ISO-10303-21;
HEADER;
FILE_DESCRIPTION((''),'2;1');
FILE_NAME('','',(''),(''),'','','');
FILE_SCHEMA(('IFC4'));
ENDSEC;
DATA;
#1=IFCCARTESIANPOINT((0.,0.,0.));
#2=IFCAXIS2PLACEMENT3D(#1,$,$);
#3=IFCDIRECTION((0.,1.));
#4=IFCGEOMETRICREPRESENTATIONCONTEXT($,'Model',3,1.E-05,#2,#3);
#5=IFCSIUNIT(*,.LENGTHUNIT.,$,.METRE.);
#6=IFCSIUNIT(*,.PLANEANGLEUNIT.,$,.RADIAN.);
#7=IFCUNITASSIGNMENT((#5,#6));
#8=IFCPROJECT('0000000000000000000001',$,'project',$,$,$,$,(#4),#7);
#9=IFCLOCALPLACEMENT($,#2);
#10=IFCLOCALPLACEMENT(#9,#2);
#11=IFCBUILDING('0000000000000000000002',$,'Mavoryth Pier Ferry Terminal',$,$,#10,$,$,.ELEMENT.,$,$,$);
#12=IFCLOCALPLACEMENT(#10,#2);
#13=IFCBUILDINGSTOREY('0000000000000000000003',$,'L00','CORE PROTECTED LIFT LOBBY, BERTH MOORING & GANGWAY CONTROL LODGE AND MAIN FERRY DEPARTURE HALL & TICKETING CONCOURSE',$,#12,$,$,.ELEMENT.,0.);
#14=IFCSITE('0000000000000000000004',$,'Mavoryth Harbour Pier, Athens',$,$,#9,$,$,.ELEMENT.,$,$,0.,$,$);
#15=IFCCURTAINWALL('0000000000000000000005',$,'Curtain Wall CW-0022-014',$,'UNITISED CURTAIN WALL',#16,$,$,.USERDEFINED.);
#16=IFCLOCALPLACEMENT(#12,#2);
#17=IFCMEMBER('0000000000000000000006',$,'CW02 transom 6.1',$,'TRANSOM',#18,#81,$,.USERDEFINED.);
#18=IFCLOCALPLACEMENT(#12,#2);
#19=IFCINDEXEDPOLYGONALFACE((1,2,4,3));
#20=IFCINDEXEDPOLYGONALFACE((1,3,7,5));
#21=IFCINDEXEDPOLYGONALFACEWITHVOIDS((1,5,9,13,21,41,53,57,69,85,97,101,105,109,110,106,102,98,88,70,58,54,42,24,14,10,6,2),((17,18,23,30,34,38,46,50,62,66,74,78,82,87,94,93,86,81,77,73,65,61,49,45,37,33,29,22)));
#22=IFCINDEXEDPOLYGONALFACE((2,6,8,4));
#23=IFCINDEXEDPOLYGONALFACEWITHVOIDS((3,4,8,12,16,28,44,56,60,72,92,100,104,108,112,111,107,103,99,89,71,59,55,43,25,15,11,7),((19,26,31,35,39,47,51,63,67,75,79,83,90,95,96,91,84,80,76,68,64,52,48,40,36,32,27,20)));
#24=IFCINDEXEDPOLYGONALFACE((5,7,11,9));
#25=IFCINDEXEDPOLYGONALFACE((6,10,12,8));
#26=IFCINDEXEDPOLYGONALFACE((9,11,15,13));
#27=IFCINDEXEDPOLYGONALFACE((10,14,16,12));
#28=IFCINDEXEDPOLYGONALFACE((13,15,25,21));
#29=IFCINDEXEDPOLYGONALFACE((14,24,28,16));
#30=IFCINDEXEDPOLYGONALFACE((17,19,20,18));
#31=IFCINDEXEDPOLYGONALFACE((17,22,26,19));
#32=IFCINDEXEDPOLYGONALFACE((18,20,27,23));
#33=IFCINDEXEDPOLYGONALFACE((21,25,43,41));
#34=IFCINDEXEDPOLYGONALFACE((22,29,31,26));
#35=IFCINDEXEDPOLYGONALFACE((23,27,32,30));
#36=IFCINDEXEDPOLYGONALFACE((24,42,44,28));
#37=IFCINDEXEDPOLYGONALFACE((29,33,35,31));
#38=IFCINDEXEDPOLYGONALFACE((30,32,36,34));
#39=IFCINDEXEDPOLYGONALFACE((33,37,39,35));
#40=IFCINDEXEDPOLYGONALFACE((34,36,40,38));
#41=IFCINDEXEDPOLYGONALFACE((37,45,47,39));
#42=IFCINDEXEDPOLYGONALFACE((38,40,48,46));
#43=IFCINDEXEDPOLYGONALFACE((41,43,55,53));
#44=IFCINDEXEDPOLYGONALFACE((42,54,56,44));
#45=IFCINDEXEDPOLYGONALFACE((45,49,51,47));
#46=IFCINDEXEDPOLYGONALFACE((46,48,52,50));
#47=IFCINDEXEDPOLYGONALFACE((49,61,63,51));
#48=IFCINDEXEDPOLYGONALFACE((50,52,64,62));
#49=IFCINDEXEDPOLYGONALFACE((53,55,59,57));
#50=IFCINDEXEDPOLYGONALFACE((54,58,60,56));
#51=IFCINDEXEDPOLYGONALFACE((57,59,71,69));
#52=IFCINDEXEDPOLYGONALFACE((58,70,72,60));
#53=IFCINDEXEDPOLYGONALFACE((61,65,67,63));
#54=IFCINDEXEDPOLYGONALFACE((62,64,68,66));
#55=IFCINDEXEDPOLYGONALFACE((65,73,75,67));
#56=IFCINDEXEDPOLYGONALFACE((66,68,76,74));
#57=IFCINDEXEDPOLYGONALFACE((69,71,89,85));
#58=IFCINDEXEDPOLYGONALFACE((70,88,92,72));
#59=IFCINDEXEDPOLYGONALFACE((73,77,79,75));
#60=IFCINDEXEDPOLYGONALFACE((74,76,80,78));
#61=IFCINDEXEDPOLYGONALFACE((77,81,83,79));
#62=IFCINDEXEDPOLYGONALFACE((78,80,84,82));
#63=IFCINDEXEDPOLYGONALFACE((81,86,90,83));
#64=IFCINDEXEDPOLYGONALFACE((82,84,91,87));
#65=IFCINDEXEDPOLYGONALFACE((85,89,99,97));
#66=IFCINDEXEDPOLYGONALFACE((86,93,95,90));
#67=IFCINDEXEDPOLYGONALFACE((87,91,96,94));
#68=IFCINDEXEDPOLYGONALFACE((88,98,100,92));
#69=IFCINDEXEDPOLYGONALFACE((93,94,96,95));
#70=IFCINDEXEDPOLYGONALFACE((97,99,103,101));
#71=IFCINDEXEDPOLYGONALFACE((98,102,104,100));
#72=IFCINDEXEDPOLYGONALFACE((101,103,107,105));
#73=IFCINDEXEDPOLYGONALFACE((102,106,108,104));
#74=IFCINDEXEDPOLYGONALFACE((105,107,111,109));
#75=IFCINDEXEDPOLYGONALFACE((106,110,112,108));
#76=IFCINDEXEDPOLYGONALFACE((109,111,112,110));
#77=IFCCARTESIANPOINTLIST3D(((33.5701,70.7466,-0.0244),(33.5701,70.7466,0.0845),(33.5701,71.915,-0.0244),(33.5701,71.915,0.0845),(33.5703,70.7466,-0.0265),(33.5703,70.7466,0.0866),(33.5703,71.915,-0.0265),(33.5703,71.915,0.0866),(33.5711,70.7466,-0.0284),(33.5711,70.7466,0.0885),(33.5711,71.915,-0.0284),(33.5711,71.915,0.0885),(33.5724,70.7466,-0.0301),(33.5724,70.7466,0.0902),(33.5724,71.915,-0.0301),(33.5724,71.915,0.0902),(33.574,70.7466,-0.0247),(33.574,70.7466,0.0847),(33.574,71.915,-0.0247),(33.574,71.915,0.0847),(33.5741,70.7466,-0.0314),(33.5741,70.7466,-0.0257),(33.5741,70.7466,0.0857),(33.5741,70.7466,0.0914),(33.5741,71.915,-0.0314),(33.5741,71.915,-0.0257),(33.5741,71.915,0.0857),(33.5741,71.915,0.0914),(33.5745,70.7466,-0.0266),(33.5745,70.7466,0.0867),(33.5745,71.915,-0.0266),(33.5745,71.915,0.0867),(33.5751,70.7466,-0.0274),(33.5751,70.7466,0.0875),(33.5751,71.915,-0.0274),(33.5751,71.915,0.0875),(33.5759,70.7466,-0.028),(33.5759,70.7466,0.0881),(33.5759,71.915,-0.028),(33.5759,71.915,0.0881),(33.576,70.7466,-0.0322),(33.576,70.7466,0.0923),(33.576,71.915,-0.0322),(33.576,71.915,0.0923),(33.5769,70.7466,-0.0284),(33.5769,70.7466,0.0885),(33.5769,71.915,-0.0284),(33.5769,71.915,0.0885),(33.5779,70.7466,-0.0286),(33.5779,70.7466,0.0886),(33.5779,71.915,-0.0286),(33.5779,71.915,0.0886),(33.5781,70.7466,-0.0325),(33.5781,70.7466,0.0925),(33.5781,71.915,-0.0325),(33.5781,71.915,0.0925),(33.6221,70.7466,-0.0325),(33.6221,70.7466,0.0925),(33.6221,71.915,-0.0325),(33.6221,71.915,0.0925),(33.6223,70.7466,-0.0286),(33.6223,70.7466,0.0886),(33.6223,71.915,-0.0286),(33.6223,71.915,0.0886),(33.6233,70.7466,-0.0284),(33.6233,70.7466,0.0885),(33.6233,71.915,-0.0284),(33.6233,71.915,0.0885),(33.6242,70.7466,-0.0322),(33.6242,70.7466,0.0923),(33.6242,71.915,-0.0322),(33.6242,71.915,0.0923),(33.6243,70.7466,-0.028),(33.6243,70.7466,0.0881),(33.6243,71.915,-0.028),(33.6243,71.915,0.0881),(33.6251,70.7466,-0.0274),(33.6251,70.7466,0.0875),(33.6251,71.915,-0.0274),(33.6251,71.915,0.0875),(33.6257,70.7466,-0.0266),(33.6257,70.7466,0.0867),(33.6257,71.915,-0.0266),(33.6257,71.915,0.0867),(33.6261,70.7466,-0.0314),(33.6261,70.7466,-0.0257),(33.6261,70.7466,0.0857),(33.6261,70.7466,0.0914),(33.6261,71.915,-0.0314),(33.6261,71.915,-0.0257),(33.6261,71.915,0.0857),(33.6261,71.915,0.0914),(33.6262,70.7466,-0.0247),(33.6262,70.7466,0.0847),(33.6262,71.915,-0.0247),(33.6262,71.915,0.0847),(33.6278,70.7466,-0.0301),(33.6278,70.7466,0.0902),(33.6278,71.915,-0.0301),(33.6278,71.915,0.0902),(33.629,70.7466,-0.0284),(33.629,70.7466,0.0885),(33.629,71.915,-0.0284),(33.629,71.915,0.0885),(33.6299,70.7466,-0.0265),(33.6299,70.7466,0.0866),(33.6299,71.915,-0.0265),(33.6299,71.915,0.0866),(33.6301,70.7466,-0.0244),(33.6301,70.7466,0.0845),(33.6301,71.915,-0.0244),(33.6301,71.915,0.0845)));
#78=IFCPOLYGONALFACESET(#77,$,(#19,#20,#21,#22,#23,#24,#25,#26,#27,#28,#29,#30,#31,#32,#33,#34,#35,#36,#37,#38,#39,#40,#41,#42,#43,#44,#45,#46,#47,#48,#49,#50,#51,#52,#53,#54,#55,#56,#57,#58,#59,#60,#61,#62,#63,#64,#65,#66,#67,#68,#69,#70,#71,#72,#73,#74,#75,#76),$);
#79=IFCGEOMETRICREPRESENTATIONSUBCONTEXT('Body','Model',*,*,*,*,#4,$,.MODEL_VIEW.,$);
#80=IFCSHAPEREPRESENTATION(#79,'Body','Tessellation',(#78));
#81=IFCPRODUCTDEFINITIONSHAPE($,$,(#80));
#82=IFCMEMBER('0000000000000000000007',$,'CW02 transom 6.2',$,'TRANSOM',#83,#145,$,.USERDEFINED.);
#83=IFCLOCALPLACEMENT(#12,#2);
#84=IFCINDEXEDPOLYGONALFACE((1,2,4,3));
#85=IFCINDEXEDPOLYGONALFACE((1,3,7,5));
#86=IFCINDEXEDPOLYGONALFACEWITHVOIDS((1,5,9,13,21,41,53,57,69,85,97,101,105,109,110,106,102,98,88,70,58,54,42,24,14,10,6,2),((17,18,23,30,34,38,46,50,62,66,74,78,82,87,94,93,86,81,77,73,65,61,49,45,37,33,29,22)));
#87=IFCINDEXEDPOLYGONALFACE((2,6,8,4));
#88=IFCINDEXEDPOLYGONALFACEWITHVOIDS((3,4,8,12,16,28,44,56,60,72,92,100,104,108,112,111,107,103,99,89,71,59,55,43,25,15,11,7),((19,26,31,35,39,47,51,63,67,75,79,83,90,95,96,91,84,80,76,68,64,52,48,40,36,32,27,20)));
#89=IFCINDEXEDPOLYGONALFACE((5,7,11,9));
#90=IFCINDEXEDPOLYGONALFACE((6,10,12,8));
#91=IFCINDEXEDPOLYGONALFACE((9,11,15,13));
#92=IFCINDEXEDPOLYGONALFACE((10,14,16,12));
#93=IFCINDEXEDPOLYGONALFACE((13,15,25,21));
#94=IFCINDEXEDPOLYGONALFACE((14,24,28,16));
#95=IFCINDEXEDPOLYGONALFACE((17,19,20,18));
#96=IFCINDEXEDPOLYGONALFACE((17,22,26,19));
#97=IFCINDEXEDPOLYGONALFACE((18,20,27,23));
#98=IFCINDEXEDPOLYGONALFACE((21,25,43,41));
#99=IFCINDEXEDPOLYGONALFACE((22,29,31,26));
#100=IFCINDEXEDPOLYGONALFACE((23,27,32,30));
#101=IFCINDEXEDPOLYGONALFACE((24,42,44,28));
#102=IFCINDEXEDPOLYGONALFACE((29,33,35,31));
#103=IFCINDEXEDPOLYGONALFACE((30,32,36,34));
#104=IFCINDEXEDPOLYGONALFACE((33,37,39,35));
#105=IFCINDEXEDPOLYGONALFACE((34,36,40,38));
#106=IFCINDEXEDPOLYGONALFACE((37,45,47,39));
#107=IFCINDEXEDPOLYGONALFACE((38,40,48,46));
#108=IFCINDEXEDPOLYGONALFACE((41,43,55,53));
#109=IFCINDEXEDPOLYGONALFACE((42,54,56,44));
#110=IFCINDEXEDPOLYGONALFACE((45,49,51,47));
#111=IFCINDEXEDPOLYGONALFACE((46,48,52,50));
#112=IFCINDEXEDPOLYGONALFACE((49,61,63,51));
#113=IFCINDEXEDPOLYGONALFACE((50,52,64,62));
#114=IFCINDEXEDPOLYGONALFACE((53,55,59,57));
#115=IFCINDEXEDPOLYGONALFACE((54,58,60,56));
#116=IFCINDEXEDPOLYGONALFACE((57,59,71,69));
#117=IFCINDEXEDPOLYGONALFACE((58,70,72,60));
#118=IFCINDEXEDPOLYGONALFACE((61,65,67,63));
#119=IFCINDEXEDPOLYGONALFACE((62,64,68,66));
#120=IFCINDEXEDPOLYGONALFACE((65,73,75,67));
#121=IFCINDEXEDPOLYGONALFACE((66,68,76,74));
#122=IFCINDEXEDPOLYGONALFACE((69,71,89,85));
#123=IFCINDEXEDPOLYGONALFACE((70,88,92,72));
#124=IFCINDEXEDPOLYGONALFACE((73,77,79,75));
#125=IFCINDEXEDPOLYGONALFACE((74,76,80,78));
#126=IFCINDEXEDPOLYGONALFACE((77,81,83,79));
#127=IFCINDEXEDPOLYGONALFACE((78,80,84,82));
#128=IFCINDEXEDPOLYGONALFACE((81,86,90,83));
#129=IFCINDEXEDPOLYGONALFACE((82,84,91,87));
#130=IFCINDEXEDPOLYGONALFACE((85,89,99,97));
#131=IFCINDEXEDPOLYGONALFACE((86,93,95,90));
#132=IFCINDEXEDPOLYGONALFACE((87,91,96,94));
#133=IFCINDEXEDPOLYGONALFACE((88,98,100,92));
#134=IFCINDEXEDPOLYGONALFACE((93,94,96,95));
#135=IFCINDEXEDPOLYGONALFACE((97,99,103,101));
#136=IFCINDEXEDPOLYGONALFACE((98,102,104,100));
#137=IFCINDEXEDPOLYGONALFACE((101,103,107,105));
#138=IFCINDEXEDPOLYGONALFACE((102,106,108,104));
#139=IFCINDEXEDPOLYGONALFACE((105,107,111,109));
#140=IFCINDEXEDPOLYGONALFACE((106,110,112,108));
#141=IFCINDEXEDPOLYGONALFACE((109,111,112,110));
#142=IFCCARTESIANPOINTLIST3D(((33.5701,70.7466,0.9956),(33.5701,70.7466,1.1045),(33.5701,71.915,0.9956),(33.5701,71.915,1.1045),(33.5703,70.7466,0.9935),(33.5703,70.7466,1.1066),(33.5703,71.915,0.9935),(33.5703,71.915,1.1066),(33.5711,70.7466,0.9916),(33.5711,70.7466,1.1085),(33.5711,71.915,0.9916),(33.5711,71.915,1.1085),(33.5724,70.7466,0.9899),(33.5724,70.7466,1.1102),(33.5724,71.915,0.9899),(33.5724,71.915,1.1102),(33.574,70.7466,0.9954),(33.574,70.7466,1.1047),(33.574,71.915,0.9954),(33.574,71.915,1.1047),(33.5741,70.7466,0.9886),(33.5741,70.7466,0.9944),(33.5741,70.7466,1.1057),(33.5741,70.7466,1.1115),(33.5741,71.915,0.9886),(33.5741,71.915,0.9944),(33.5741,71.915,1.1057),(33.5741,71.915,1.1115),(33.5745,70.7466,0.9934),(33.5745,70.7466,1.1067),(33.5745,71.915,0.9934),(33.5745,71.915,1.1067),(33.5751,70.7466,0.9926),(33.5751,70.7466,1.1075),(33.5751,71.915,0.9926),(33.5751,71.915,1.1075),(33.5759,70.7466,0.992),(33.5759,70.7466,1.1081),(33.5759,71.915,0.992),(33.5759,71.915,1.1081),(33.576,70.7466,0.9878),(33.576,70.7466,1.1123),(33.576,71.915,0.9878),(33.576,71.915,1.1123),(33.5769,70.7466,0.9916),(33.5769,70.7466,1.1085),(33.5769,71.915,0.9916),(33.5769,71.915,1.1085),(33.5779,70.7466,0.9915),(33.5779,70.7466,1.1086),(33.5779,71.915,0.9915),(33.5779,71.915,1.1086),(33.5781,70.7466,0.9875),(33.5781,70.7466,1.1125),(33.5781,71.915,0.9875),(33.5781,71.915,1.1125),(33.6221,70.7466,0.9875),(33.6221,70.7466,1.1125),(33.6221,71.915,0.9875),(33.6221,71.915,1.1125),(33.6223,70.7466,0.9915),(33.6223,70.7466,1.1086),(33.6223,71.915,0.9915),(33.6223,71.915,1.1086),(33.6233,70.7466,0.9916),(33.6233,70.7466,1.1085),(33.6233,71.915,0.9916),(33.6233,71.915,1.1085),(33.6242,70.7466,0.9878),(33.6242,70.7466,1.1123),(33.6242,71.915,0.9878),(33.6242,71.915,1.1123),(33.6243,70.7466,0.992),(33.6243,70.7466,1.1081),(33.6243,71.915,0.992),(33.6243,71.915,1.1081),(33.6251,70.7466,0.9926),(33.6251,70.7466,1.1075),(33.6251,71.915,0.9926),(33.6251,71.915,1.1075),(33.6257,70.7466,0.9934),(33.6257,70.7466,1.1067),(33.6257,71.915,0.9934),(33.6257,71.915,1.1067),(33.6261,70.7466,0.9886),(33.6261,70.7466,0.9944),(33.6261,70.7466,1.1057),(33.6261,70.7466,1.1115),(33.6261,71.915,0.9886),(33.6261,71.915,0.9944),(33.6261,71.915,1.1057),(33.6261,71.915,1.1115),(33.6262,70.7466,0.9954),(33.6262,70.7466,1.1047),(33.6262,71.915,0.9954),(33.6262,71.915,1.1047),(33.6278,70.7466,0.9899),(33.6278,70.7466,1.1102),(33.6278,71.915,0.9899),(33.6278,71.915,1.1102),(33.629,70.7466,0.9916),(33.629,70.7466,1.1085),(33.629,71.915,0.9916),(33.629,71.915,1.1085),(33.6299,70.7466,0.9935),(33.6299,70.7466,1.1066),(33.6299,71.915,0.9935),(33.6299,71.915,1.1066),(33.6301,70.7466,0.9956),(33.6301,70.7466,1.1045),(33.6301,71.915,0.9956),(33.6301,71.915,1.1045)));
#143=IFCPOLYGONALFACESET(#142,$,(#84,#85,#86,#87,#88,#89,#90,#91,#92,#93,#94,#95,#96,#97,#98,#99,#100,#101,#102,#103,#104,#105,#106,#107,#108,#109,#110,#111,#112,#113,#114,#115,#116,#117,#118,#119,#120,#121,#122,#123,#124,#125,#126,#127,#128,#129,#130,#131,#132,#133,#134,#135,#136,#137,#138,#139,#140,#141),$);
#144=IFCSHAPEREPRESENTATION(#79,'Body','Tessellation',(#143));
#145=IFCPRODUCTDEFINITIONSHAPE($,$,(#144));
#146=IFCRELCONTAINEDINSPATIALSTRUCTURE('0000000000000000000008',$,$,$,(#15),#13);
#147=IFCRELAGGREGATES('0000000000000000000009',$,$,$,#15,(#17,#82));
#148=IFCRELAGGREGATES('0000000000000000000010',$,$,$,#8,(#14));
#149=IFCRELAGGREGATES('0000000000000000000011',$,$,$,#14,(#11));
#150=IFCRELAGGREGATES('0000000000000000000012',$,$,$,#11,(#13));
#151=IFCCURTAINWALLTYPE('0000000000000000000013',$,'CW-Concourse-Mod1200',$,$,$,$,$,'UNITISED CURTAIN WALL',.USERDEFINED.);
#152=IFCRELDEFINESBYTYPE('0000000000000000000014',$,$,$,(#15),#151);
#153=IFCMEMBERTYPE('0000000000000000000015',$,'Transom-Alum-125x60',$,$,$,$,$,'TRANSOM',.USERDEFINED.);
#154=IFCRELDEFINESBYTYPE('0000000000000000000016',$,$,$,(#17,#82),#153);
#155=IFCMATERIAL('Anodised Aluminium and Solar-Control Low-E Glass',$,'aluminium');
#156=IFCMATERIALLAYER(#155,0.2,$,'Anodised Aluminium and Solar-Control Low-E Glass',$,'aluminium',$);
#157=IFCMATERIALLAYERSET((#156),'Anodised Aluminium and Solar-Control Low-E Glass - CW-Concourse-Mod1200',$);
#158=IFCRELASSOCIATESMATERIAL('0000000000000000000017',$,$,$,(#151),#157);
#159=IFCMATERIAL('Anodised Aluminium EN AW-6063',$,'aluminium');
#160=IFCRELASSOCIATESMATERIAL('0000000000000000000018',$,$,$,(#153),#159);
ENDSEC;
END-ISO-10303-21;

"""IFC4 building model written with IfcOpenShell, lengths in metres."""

from ifc_helpers import new_model, si_unit, direction, frame, origin, origin_2d, place, context, subcontext, project, spatial, hollow_rectangle, extrude, material, layer, layer_set, material_profile, profile_set, type_object, element, aggregate, save


model = new_model("IFC4")

# Units and contexts
model_context = context("Model", 3, precision=1e-05, world=origin(), true_north=direction((0.0, 1.0)))
body_context = subcontext(model_context, "Body", "Model", "MODEL_VIEW")
ifc_project = project(units=[si_unit("LENGTHUNIT", "METRE"), si_unit("PLANEANGLEUNIT", "RADIAN")], contexts=[model_context])

# Site, building, storey
site_placement = place(None, origin())
site = spatial("IfcSite", under=ifc_project, at=site_placement, Name="Mavoryth Harbour Pier, Athens", CompositionType="ELEMENT", RefElevation=0.0)
building_placement = place(site_placement, origin())
building = spatial("IfcBuilding", under=site, at=building_placement, Name="Mavoryth Pier Ferry Terminal", CompositionType="ELEMENT")
storey_placement = place(building_placement, origin())
storey = spatial("IfcBuildingStorey", under=building, at=storey_placement, Name="L00", Description="CORE PROTECTED LIFT LOBBY, BERTH MOORING & GANGWAY CONTROL LODGE AND MAIN FERRY DEPARTURE HALL & TICKETING CONCOURSE", CompositionType="ELEMENT", Elevation=0.0)

# Curtain wall
ifc_material_1 = material(Name="Anodised Aluminium and Solar-Control Low-E Glass", Category="aluminium")
ifc_layer_1 = layer(ifc_material_1, 0.2, Name="Anodised Aluminium and Solar-Control Low-E Glass", Category="aluminium")
ifc_layer_set_1 = layer_set([ifc_layer_1], Name="Anodised Aluminium and Solar-Control Low-E Glass - CW-Concourse-Mod1200")
curtain_wall_type = type_object("IfcCurtainWallType", Name="CW-Concourse-Mod1200", ElementType="UNITISED CURTAIN WALL", PredefinedType="USERDEFINED", material=ifc_layer_set_1)
curtain_wall_1_placement = place(storey_placement, origin())
curtain_wall_1 = element("IfcCurtainWall", 1, at=curtain_wall_1_placement, inside=storey, type_object=curtain_wall_type, Name="Curtain Wall CW-0022-014", ObjectType="UNITISED CURTAIN WALL", PredefinedType="USERDEFINED")
ifc_material_2 = material(Name="Anodised Aluminium EN AW-6063", Category="aluminium")

# Members
ifc_material_profile_1 = material_profile(ifc_material_2, hollow_rectangle(XDim=0.0601, YDim=0.125, WallThickness=0.0039, InnerFilletRadius=0.0039, OuterFilletRadius=0.0081, at=origin_2d()), Name="AL-TRAN 125x60x4", Category="aluminium")
ifc_profile_set_1 = profile_set([ifc_material_profile_1], Name="Anodised Aluminium EN AW-6063 - AL-TRAN 125x60x4")
member_type_1 = type_object("IfcMemberType", Name="Transom-Alum-125x60", ElementType="TRANSOM", PredefinedType="USERDEFINED", material=ifc_profile_set_1)
member_1_placement = place(storey_placement, frame((33.6001, 70.7466, 0.03), z_axis=(0.0, 1.0, 0.0), x_axis=(-1.0, 0.0, 0.0)))
member_1 = element("IfcMember", 2, at=member_1_placement, type_object=member_type_1, Name="CW02 transom 6.1", ObjectType="TRANSOM", PredefinedType="USERDEFINED", context=body_context, shape_type="SweptSolid", body=[
    extrude(hollow_rectangle(XDim=0.0601, YDim=0.125, WallThickness=0.0039, InnerFilletRadius=0.0039, OuterFilletRadius=0.0081, at=origin_2d()), origin(), (0.0, 0.0, 1.0), 1.1685),
])
member_2_placement = place(storey_placement, frame((33.6001, 70.7466, 1.05), z_axis=(0.0, 1.0, 0.0), x_axis=(-1.0, 0.0, 0.0)))
member_2 = element("IfcMember", 3, at=member_2_placement, type_object=member_type_1, Name="CW02 transom 6.2", ObjectType="TRANSOM", PredefinedType="USERDEFINED", context=body_context, shape_type="SweptSolid", body=[
    extrude(hollow_rectangle(XDim=0.0601, YDim=0.125, WallThickness=0.0039, InnerFilletRadius=0.0039, OuterFilletRadius=0.0081, at=origin_2d()), origin(), (0.0, 0.0, 1.0), 1.1685),
])

aggregate(curtain_wall_1, [member_1, member_2])

save(model, "model.ifc")
